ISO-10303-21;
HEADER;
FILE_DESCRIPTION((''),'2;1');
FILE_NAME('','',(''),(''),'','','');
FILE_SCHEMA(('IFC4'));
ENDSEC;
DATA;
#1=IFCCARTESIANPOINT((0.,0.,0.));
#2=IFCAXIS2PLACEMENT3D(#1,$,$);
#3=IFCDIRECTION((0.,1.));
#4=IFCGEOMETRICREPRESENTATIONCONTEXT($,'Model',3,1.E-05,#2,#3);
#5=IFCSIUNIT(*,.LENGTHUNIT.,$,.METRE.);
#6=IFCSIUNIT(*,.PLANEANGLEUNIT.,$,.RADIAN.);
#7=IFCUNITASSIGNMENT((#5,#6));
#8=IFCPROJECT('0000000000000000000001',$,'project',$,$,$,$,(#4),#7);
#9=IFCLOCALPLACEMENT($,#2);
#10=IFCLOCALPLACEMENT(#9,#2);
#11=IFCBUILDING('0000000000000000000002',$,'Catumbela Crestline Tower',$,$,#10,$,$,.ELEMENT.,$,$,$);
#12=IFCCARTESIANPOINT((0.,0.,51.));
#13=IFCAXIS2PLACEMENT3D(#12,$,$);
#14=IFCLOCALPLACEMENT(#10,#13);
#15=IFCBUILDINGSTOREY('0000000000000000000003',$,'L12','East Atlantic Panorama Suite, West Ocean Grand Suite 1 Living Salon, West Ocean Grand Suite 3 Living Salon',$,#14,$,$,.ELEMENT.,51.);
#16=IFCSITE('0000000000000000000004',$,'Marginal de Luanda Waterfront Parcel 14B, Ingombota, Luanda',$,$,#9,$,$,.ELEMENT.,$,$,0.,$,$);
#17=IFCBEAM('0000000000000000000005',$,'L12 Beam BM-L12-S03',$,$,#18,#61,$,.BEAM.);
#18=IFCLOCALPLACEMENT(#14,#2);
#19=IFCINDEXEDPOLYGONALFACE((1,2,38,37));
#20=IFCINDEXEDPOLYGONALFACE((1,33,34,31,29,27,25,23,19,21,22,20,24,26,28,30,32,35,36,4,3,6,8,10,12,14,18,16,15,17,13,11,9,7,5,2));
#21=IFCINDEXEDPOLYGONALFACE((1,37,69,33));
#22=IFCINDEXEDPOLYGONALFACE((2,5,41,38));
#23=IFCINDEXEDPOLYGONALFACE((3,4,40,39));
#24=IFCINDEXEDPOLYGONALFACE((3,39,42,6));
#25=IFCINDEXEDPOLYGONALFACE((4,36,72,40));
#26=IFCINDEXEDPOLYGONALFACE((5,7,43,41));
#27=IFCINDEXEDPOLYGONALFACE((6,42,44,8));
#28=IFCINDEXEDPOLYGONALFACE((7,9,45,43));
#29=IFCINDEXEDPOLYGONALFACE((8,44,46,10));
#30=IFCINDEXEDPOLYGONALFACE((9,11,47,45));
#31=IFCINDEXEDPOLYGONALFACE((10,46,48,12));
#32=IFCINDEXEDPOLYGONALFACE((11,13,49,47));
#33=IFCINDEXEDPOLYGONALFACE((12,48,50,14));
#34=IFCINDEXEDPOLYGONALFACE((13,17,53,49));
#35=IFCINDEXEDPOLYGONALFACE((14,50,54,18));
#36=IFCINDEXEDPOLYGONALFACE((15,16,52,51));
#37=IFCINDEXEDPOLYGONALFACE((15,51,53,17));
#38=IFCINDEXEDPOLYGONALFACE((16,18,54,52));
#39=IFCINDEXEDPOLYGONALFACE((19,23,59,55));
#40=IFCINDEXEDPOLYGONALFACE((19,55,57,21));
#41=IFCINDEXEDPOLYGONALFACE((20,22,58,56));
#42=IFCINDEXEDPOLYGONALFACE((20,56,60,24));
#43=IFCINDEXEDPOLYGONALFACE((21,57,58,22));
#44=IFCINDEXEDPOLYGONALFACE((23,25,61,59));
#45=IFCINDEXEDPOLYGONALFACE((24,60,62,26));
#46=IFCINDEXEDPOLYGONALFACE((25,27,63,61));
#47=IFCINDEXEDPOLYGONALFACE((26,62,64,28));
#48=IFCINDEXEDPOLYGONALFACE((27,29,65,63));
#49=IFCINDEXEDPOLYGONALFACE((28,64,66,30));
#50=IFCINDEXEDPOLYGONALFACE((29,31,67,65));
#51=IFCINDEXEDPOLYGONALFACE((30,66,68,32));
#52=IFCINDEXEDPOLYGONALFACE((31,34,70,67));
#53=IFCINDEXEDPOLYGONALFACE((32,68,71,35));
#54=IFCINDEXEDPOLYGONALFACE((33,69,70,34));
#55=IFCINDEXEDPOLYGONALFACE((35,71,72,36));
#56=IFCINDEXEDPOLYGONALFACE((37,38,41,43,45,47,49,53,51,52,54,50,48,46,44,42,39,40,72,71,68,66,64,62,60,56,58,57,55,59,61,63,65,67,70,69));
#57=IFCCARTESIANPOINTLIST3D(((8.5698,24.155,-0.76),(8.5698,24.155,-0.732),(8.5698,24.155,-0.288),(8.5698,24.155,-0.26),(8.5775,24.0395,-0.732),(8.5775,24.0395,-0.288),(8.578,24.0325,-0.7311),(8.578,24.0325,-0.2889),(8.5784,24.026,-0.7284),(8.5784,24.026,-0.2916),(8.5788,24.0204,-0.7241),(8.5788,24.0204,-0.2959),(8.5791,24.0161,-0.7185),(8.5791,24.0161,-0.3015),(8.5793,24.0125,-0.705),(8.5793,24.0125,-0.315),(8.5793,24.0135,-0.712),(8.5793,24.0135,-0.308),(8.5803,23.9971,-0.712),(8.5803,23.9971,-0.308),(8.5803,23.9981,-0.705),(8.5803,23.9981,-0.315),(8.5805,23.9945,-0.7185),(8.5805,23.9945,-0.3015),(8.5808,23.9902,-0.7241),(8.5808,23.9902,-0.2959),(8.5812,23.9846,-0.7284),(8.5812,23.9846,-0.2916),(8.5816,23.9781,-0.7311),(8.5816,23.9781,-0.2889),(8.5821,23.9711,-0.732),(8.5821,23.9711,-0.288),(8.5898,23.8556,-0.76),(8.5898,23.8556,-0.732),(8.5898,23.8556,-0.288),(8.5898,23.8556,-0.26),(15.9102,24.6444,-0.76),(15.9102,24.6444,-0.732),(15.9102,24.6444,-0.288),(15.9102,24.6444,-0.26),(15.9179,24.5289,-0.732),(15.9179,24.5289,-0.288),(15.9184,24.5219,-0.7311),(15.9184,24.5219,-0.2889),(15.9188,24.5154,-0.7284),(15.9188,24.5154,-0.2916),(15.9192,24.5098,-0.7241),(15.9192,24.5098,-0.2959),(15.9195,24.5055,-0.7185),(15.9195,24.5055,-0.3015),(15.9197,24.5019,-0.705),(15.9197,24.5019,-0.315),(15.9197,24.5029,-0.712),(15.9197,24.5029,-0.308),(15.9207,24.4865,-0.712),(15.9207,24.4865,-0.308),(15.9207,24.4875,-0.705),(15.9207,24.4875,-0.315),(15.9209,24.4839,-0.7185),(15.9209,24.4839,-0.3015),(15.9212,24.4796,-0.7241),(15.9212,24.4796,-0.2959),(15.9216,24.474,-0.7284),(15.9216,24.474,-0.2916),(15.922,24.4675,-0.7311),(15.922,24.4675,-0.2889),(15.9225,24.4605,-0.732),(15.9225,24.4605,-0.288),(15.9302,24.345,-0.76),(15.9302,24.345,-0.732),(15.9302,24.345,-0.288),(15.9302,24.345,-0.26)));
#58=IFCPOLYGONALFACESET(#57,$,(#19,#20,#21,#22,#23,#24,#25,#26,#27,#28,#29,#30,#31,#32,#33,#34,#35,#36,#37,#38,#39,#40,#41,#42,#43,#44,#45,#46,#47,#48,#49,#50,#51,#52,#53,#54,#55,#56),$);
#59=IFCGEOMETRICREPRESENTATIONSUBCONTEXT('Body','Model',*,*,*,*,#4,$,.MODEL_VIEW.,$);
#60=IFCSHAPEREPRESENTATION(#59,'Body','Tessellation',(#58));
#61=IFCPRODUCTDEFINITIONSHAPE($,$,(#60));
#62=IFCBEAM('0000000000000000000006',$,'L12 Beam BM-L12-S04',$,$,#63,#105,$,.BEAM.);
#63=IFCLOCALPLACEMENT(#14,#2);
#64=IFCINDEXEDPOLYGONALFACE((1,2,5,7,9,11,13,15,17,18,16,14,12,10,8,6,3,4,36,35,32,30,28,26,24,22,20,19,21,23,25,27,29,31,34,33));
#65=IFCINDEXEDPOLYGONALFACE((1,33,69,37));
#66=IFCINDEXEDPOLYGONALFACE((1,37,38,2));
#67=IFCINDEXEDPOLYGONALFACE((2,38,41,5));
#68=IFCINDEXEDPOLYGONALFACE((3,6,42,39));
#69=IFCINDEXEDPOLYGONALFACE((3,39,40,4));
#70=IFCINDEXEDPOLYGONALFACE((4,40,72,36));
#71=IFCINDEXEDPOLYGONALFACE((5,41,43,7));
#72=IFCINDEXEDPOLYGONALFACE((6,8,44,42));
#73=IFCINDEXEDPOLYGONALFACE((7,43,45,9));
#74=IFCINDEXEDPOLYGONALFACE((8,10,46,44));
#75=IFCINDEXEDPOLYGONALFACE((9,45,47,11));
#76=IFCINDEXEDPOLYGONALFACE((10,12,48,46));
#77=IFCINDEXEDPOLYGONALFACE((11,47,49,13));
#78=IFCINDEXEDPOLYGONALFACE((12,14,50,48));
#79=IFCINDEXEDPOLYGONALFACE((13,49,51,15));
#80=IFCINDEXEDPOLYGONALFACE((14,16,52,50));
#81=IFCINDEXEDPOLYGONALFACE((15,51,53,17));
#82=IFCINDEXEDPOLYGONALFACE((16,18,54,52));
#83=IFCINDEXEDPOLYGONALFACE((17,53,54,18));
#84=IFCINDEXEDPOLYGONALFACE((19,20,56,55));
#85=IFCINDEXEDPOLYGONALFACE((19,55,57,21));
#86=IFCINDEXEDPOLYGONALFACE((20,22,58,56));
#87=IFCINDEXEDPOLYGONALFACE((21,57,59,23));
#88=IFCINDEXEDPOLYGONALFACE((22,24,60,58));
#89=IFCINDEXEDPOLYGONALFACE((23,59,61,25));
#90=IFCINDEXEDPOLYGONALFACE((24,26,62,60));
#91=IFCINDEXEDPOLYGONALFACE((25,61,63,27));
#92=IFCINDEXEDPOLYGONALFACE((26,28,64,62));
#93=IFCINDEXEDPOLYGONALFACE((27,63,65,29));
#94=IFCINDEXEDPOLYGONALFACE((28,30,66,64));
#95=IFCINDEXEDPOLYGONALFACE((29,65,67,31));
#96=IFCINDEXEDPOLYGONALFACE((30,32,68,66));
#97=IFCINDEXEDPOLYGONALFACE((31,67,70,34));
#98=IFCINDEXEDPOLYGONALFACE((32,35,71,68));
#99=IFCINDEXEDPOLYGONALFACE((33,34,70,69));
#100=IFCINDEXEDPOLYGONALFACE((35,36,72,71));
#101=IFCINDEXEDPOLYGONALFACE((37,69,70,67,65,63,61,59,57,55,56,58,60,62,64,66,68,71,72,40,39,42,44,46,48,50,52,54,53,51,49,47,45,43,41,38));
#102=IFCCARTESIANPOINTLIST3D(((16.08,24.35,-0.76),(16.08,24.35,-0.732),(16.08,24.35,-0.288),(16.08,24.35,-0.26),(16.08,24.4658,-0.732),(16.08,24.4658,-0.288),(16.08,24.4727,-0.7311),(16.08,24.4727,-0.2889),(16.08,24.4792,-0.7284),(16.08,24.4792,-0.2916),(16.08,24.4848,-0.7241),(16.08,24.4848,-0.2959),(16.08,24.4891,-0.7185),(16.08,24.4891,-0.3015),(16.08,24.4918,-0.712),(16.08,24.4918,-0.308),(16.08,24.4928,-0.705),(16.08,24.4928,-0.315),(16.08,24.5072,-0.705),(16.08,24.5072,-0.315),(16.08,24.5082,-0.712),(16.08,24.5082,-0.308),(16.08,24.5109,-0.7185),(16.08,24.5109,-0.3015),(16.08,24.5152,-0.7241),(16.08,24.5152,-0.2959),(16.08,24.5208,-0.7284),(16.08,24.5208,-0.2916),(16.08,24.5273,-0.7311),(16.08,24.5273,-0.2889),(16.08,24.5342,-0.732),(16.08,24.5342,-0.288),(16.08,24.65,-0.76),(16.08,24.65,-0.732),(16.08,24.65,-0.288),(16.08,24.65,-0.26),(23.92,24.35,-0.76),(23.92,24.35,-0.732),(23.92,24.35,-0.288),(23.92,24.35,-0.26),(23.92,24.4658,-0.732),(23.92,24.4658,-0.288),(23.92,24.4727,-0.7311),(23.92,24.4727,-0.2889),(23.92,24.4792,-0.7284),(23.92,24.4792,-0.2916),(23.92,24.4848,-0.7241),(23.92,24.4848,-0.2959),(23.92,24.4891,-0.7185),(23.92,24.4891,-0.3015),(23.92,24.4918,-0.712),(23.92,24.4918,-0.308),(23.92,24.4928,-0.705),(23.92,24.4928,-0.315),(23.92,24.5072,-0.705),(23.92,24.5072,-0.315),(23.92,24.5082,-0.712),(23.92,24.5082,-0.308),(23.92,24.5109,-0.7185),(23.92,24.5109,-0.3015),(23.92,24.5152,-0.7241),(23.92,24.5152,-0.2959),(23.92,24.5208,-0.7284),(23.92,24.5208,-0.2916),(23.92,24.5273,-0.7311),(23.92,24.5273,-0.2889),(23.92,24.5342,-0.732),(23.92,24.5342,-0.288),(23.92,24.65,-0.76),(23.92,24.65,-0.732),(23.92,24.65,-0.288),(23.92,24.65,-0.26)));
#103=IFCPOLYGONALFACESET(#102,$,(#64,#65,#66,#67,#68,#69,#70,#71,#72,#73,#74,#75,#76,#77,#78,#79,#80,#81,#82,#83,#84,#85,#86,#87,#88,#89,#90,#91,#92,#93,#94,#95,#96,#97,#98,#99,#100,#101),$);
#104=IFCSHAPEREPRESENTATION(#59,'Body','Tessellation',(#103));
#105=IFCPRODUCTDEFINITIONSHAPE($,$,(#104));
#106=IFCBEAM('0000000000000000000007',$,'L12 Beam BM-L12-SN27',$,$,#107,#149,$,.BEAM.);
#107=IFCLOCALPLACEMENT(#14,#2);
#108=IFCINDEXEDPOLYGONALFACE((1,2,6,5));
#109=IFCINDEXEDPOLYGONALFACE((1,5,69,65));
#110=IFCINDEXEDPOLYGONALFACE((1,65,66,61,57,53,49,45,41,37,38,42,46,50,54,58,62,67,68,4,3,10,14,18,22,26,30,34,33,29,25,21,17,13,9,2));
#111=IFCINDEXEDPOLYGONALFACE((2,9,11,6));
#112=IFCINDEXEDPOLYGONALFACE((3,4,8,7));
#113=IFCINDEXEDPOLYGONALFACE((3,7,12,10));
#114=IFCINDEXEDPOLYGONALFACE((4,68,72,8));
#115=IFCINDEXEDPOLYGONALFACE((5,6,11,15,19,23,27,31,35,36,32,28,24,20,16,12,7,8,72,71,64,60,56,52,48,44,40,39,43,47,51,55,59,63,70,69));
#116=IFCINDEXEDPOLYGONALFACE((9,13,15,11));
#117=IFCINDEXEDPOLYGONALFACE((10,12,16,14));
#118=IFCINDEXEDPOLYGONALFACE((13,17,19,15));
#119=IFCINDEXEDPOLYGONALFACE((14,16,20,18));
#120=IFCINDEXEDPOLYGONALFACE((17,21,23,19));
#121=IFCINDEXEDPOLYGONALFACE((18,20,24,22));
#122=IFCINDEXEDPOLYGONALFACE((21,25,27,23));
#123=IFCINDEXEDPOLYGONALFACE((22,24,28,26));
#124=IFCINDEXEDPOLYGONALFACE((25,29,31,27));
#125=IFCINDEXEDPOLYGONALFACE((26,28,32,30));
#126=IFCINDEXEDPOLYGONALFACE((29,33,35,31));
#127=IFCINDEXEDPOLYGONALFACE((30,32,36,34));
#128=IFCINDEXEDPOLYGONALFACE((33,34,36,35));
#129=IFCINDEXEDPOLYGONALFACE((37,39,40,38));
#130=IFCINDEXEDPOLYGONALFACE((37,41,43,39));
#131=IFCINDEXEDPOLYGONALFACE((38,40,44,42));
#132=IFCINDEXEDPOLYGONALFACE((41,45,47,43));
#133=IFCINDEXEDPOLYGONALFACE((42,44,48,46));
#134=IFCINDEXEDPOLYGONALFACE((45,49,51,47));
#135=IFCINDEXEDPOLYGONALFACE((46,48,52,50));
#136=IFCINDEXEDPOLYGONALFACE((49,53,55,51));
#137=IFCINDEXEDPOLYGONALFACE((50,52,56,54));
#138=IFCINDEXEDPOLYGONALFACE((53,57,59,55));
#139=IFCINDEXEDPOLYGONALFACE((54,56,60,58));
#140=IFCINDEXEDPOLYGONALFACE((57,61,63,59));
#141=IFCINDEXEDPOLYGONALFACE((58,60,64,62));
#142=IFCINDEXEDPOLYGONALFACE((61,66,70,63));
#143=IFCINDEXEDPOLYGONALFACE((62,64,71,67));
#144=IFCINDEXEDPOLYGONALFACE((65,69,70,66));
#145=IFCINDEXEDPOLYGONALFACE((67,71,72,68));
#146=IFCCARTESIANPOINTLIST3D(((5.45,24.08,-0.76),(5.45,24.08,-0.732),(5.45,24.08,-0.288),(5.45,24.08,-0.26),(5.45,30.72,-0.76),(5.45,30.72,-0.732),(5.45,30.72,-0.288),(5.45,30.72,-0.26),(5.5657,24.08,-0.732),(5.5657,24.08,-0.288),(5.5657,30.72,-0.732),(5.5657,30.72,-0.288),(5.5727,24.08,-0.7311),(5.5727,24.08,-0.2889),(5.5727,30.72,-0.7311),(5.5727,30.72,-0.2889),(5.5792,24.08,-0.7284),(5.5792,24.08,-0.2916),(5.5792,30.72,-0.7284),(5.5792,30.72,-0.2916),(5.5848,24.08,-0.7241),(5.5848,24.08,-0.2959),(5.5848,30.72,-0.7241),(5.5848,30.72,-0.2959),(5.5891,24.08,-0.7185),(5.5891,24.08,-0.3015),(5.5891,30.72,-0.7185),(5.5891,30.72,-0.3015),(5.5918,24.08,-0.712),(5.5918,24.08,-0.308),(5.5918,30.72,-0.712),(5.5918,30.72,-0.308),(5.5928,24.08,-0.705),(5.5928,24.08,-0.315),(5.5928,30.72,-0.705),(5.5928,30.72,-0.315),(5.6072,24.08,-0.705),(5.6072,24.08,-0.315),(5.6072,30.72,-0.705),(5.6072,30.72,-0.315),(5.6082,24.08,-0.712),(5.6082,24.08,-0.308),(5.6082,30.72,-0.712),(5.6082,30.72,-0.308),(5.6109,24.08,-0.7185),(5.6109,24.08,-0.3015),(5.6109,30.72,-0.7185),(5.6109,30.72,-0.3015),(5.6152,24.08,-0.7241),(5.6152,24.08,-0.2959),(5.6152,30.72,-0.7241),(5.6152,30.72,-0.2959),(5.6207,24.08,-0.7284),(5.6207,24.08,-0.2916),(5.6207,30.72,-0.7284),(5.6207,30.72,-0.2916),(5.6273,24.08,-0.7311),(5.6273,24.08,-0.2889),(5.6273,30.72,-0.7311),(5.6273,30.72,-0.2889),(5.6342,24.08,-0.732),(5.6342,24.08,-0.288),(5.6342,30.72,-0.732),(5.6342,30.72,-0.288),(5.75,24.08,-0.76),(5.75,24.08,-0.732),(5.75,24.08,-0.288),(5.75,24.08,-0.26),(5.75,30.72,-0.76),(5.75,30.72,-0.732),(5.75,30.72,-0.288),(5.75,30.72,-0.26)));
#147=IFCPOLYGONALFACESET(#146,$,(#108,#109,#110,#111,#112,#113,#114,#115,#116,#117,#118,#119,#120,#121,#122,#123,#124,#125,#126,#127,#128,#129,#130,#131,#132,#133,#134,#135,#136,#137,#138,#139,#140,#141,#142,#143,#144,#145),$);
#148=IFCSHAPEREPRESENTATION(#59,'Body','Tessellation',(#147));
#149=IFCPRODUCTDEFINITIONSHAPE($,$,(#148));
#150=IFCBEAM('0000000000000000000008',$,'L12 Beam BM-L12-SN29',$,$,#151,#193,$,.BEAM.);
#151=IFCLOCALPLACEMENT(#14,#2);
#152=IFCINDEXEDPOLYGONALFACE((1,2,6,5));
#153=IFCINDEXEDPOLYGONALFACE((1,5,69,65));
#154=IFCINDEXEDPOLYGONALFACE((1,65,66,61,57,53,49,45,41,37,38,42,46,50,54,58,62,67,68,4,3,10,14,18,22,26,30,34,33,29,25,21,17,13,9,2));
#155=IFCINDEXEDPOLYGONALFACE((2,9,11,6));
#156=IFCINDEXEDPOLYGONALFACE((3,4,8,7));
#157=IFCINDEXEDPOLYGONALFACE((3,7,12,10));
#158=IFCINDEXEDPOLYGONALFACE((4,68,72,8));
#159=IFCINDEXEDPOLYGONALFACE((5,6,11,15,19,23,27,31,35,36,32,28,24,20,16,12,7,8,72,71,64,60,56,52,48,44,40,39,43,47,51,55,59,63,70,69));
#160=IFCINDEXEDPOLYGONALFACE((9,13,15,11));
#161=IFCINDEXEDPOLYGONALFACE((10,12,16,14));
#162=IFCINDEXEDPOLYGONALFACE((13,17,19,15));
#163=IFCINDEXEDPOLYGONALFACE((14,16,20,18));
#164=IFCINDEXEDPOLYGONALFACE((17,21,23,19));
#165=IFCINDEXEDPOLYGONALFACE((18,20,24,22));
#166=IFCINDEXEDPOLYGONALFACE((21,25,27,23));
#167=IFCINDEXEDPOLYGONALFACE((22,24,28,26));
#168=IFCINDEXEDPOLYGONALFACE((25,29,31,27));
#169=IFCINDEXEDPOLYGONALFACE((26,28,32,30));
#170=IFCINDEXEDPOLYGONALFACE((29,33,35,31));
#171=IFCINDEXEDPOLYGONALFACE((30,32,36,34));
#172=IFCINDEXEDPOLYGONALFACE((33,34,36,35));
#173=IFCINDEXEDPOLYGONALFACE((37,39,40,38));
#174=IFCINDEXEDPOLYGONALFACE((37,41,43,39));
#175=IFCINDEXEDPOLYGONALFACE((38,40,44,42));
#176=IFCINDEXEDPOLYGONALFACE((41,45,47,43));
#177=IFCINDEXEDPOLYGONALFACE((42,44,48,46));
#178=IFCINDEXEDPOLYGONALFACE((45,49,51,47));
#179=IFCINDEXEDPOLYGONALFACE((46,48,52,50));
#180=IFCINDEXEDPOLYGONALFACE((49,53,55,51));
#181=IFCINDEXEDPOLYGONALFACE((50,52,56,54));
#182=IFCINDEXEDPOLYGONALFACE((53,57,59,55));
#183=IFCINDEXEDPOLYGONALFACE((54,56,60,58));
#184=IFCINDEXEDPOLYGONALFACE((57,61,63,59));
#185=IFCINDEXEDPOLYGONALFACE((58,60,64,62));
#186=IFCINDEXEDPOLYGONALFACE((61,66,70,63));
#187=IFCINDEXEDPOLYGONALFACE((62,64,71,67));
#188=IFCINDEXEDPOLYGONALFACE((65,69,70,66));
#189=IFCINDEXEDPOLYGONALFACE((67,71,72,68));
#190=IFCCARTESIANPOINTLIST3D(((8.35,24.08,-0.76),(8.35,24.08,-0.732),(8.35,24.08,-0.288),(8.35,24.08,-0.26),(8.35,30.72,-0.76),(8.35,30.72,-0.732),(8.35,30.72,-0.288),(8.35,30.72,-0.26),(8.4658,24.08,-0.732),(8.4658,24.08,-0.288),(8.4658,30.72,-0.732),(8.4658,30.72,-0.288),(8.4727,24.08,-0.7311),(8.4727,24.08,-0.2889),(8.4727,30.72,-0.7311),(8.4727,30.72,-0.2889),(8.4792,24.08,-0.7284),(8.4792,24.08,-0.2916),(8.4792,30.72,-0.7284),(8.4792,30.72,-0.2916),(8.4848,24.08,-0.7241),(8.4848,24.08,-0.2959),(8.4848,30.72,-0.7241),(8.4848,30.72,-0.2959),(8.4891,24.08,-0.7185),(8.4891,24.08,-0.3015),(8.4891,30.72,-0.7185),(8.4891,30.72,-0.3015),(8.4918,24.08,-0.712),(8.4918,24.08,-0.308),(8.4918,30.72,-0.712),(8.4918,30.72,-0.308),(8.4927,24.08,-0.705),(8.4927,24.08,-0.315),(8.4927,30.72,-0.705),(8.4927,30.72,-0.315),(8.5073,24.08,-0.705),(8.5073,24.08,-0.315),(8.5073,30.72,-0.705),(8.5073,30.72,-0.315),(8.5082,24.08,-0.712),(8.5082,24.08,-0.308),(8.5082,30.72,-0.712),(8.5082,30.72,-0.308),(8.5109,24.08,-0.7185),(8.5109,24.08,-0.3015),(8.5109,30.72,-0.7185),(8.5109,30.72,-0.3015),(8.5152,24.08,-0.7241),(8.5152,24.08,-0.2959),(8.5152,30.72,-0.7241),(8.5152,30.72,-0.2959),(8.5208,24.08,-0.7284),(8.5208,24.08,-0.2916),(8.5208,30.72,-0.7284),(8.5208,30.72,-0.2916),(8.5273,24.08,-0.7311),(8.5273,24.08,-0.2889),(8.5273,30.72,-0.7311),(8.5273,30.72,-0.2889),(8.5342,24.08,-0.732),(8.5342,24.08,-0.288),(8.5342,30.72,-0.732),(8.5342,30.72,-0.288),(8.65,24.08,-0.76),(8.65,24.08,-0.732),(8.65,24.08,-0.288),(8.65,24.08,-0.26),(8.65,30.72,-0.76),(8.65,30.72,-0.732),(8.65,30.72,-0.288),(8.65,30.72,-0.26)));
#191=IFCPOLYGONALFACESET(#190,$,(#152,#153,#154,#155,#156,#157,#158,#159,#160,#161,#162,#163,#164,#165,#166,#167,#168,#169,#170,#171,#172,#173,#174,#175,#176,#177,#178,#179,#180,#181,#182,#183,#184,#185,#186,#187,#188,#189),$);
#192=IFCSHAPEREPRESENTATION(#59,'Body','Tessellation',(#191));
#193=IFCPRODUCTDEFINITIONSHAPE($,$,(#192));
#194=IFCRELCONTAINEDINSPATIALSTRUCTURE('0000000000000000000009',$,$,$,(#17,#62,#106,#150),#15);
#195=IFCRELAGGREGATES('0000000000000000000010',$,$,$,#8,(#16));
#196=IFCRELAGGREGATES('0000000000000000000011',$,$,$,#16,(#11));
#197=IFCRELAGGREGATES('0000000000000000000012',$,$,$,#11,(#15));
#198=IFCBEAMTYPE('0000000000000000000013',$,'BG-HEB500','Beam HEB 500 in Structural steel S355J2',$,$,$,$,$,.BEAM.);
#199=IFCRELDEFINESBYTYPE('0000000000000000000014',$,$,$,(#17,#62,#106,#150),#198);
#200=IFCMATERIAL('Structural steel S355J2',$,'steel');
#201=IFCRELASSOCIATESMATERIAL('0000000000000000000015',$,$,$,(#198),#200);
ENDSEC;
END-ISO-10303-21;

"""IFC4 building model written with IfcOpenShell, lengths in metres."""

from ifc_helpers import new_model, si_unit, direction, frame, origin, origin_2d, place, context, subcontext, project, spatial, i_section, extrude, material, material_profile, profile_set, type_object, element, save


model = new_model("IFC4")

# Units and contexts
model_context = context("Model", 3, precision=1e-05, world=origin(), true_north=direction((0.0, 1.0)))
body_context = subcontext(model_context, "Body", "Model", "MODEL_VIEW")
ifc_project = project(units=[si_unit("LENGTHUNIT", "METRE"), si_unit("PLANEANGLEUNIT", "RADIAN")], contexts=[model_context])

# Site, building, storey
site_placement = place(None, origin())
site = spatial("IfcSite", under=ifc_project, at=site_placement, Name="Marginal de Luanda Waterfront Parcel 14B, Ingombota, Luanda", CompositionType="ELEMENT", RefElevation=0.0)
building_placement = place(site_placement, origin())
building = spatial("IfcBuilding", under=site, at=building_placement, Name="Catumbela Crestline Tower", CompositionType="ELEMENT")
storey_placement = place(building_placement, frame((0.0, 0.0, 51.0)))
storey = spatial("IfcBuildingStorey", under=building, at=storey_placement, Name="L12", Description="East Atlantic Panorama Suite, West Ocean Grand Suite 1 Living Salon, West Ocean Grand Suite 3 Living Salon", CompositionType="ELEMENT", Elevation=51.0)

# Beams
ifc_material_1 = material(Name="Structural steel S355J2", Category="steel")
ifc_material_profile_1 = material_profile(ifc_material_1, i_section(OverallWidth=0.3, OverallDepth=0.5, WebThickness=0.0145, FlangeThickness=0.028, FilletRadius=0.027, at=origin_2d()), Name="HEB 500")
ifc_profile_set_1 = profile_set([ifc_material_profile_1], Name="Structural steel S355J2")
beam_type_1 = type_object("IfcBeamType", Name="BG-HEB500", Description="Beam HEB 500 in Structural steel S355J2", PredefinedType="BEAM", material=ifc_profile_set_1)
beam_1_placement = place(storey_placement, frame((8.5798, 24.0053, -0.51), z_axis=(0.997785, 0.066524, 0.0), x_axis=(-0.066524, 0.997785, 0.0)))
element("IfcBeam", 1, at=beam_1_placement, inside=storey, type_object=beam_type_1, Name="L12 Beam BM-L12-S03", PredefinedType="BEAM", context=body_context, shape_type="SweptSolid", body=[
    extrude(i_section(OverallWidth=0.3, OverallDepth=0.5, WebThickness=0.0145, FlangeThickness=0.028, FilletRadius=0.027, at=origin_2d()), origin(), (0.0, 0.0, 1.0), 7.3567),
])
beam_2_placement = place(storey_placement, frame((16.08, 24.5, -0.51), z_axis=(1.0, 0.0, 0.0), x_axis=(0.0, 1.0, 0.0)))
element("IfcBeam", 2, at=beam_2_placement, inside=storey, type_object=beam_type_1, Name="L12 Beam BM-L12-S04", PredefinedType="BEAM", context=body_context, shape_type="SweptSolid", body=[
    extrude(i_section(OverallWidth=0.3, OverallDepth=0.5, WebThickness=0.0145, FlangeThickness=0.028, FilletRadius=0.027, at=origin_2d()), origin(), (0.0, 0.0, 1.0), 7.84),
])
for number, where, z_axis, x_axis, name in (
    (3, (5.6, 24.08, -0.51), (0.0, 1.0, 0.0), (-1.0, 0.0, 0.0), "L12 Beam BM-L12-SN27"),
    (4, (8.5, 24.08, -0.51), (0.0, 1.0, 0.0), (-1.0, 0.0, 0.0), "L12 Beam BM-L12-SN29"),
):
    element("IfcBeam", number, at=place(storey_placement, frame(where, z_axis=z_axis, x_axis=x_axis)), inside=storey, type_object=beam_type_1, Name=name, PredefinedType="BEAM", context=body_context, shape_type="SweptSolid", body=[
        extrude(i_section(OverallWidth=0.3, OverallDepth=0.5, WebThickness=0.0145, FlangeThickness=0.028, FilletRadius=0.027, at=origin_2d()), origin(), (0.0, 0.0, 1.0), 6.64),
    ])

save(model, "model.ifc")
